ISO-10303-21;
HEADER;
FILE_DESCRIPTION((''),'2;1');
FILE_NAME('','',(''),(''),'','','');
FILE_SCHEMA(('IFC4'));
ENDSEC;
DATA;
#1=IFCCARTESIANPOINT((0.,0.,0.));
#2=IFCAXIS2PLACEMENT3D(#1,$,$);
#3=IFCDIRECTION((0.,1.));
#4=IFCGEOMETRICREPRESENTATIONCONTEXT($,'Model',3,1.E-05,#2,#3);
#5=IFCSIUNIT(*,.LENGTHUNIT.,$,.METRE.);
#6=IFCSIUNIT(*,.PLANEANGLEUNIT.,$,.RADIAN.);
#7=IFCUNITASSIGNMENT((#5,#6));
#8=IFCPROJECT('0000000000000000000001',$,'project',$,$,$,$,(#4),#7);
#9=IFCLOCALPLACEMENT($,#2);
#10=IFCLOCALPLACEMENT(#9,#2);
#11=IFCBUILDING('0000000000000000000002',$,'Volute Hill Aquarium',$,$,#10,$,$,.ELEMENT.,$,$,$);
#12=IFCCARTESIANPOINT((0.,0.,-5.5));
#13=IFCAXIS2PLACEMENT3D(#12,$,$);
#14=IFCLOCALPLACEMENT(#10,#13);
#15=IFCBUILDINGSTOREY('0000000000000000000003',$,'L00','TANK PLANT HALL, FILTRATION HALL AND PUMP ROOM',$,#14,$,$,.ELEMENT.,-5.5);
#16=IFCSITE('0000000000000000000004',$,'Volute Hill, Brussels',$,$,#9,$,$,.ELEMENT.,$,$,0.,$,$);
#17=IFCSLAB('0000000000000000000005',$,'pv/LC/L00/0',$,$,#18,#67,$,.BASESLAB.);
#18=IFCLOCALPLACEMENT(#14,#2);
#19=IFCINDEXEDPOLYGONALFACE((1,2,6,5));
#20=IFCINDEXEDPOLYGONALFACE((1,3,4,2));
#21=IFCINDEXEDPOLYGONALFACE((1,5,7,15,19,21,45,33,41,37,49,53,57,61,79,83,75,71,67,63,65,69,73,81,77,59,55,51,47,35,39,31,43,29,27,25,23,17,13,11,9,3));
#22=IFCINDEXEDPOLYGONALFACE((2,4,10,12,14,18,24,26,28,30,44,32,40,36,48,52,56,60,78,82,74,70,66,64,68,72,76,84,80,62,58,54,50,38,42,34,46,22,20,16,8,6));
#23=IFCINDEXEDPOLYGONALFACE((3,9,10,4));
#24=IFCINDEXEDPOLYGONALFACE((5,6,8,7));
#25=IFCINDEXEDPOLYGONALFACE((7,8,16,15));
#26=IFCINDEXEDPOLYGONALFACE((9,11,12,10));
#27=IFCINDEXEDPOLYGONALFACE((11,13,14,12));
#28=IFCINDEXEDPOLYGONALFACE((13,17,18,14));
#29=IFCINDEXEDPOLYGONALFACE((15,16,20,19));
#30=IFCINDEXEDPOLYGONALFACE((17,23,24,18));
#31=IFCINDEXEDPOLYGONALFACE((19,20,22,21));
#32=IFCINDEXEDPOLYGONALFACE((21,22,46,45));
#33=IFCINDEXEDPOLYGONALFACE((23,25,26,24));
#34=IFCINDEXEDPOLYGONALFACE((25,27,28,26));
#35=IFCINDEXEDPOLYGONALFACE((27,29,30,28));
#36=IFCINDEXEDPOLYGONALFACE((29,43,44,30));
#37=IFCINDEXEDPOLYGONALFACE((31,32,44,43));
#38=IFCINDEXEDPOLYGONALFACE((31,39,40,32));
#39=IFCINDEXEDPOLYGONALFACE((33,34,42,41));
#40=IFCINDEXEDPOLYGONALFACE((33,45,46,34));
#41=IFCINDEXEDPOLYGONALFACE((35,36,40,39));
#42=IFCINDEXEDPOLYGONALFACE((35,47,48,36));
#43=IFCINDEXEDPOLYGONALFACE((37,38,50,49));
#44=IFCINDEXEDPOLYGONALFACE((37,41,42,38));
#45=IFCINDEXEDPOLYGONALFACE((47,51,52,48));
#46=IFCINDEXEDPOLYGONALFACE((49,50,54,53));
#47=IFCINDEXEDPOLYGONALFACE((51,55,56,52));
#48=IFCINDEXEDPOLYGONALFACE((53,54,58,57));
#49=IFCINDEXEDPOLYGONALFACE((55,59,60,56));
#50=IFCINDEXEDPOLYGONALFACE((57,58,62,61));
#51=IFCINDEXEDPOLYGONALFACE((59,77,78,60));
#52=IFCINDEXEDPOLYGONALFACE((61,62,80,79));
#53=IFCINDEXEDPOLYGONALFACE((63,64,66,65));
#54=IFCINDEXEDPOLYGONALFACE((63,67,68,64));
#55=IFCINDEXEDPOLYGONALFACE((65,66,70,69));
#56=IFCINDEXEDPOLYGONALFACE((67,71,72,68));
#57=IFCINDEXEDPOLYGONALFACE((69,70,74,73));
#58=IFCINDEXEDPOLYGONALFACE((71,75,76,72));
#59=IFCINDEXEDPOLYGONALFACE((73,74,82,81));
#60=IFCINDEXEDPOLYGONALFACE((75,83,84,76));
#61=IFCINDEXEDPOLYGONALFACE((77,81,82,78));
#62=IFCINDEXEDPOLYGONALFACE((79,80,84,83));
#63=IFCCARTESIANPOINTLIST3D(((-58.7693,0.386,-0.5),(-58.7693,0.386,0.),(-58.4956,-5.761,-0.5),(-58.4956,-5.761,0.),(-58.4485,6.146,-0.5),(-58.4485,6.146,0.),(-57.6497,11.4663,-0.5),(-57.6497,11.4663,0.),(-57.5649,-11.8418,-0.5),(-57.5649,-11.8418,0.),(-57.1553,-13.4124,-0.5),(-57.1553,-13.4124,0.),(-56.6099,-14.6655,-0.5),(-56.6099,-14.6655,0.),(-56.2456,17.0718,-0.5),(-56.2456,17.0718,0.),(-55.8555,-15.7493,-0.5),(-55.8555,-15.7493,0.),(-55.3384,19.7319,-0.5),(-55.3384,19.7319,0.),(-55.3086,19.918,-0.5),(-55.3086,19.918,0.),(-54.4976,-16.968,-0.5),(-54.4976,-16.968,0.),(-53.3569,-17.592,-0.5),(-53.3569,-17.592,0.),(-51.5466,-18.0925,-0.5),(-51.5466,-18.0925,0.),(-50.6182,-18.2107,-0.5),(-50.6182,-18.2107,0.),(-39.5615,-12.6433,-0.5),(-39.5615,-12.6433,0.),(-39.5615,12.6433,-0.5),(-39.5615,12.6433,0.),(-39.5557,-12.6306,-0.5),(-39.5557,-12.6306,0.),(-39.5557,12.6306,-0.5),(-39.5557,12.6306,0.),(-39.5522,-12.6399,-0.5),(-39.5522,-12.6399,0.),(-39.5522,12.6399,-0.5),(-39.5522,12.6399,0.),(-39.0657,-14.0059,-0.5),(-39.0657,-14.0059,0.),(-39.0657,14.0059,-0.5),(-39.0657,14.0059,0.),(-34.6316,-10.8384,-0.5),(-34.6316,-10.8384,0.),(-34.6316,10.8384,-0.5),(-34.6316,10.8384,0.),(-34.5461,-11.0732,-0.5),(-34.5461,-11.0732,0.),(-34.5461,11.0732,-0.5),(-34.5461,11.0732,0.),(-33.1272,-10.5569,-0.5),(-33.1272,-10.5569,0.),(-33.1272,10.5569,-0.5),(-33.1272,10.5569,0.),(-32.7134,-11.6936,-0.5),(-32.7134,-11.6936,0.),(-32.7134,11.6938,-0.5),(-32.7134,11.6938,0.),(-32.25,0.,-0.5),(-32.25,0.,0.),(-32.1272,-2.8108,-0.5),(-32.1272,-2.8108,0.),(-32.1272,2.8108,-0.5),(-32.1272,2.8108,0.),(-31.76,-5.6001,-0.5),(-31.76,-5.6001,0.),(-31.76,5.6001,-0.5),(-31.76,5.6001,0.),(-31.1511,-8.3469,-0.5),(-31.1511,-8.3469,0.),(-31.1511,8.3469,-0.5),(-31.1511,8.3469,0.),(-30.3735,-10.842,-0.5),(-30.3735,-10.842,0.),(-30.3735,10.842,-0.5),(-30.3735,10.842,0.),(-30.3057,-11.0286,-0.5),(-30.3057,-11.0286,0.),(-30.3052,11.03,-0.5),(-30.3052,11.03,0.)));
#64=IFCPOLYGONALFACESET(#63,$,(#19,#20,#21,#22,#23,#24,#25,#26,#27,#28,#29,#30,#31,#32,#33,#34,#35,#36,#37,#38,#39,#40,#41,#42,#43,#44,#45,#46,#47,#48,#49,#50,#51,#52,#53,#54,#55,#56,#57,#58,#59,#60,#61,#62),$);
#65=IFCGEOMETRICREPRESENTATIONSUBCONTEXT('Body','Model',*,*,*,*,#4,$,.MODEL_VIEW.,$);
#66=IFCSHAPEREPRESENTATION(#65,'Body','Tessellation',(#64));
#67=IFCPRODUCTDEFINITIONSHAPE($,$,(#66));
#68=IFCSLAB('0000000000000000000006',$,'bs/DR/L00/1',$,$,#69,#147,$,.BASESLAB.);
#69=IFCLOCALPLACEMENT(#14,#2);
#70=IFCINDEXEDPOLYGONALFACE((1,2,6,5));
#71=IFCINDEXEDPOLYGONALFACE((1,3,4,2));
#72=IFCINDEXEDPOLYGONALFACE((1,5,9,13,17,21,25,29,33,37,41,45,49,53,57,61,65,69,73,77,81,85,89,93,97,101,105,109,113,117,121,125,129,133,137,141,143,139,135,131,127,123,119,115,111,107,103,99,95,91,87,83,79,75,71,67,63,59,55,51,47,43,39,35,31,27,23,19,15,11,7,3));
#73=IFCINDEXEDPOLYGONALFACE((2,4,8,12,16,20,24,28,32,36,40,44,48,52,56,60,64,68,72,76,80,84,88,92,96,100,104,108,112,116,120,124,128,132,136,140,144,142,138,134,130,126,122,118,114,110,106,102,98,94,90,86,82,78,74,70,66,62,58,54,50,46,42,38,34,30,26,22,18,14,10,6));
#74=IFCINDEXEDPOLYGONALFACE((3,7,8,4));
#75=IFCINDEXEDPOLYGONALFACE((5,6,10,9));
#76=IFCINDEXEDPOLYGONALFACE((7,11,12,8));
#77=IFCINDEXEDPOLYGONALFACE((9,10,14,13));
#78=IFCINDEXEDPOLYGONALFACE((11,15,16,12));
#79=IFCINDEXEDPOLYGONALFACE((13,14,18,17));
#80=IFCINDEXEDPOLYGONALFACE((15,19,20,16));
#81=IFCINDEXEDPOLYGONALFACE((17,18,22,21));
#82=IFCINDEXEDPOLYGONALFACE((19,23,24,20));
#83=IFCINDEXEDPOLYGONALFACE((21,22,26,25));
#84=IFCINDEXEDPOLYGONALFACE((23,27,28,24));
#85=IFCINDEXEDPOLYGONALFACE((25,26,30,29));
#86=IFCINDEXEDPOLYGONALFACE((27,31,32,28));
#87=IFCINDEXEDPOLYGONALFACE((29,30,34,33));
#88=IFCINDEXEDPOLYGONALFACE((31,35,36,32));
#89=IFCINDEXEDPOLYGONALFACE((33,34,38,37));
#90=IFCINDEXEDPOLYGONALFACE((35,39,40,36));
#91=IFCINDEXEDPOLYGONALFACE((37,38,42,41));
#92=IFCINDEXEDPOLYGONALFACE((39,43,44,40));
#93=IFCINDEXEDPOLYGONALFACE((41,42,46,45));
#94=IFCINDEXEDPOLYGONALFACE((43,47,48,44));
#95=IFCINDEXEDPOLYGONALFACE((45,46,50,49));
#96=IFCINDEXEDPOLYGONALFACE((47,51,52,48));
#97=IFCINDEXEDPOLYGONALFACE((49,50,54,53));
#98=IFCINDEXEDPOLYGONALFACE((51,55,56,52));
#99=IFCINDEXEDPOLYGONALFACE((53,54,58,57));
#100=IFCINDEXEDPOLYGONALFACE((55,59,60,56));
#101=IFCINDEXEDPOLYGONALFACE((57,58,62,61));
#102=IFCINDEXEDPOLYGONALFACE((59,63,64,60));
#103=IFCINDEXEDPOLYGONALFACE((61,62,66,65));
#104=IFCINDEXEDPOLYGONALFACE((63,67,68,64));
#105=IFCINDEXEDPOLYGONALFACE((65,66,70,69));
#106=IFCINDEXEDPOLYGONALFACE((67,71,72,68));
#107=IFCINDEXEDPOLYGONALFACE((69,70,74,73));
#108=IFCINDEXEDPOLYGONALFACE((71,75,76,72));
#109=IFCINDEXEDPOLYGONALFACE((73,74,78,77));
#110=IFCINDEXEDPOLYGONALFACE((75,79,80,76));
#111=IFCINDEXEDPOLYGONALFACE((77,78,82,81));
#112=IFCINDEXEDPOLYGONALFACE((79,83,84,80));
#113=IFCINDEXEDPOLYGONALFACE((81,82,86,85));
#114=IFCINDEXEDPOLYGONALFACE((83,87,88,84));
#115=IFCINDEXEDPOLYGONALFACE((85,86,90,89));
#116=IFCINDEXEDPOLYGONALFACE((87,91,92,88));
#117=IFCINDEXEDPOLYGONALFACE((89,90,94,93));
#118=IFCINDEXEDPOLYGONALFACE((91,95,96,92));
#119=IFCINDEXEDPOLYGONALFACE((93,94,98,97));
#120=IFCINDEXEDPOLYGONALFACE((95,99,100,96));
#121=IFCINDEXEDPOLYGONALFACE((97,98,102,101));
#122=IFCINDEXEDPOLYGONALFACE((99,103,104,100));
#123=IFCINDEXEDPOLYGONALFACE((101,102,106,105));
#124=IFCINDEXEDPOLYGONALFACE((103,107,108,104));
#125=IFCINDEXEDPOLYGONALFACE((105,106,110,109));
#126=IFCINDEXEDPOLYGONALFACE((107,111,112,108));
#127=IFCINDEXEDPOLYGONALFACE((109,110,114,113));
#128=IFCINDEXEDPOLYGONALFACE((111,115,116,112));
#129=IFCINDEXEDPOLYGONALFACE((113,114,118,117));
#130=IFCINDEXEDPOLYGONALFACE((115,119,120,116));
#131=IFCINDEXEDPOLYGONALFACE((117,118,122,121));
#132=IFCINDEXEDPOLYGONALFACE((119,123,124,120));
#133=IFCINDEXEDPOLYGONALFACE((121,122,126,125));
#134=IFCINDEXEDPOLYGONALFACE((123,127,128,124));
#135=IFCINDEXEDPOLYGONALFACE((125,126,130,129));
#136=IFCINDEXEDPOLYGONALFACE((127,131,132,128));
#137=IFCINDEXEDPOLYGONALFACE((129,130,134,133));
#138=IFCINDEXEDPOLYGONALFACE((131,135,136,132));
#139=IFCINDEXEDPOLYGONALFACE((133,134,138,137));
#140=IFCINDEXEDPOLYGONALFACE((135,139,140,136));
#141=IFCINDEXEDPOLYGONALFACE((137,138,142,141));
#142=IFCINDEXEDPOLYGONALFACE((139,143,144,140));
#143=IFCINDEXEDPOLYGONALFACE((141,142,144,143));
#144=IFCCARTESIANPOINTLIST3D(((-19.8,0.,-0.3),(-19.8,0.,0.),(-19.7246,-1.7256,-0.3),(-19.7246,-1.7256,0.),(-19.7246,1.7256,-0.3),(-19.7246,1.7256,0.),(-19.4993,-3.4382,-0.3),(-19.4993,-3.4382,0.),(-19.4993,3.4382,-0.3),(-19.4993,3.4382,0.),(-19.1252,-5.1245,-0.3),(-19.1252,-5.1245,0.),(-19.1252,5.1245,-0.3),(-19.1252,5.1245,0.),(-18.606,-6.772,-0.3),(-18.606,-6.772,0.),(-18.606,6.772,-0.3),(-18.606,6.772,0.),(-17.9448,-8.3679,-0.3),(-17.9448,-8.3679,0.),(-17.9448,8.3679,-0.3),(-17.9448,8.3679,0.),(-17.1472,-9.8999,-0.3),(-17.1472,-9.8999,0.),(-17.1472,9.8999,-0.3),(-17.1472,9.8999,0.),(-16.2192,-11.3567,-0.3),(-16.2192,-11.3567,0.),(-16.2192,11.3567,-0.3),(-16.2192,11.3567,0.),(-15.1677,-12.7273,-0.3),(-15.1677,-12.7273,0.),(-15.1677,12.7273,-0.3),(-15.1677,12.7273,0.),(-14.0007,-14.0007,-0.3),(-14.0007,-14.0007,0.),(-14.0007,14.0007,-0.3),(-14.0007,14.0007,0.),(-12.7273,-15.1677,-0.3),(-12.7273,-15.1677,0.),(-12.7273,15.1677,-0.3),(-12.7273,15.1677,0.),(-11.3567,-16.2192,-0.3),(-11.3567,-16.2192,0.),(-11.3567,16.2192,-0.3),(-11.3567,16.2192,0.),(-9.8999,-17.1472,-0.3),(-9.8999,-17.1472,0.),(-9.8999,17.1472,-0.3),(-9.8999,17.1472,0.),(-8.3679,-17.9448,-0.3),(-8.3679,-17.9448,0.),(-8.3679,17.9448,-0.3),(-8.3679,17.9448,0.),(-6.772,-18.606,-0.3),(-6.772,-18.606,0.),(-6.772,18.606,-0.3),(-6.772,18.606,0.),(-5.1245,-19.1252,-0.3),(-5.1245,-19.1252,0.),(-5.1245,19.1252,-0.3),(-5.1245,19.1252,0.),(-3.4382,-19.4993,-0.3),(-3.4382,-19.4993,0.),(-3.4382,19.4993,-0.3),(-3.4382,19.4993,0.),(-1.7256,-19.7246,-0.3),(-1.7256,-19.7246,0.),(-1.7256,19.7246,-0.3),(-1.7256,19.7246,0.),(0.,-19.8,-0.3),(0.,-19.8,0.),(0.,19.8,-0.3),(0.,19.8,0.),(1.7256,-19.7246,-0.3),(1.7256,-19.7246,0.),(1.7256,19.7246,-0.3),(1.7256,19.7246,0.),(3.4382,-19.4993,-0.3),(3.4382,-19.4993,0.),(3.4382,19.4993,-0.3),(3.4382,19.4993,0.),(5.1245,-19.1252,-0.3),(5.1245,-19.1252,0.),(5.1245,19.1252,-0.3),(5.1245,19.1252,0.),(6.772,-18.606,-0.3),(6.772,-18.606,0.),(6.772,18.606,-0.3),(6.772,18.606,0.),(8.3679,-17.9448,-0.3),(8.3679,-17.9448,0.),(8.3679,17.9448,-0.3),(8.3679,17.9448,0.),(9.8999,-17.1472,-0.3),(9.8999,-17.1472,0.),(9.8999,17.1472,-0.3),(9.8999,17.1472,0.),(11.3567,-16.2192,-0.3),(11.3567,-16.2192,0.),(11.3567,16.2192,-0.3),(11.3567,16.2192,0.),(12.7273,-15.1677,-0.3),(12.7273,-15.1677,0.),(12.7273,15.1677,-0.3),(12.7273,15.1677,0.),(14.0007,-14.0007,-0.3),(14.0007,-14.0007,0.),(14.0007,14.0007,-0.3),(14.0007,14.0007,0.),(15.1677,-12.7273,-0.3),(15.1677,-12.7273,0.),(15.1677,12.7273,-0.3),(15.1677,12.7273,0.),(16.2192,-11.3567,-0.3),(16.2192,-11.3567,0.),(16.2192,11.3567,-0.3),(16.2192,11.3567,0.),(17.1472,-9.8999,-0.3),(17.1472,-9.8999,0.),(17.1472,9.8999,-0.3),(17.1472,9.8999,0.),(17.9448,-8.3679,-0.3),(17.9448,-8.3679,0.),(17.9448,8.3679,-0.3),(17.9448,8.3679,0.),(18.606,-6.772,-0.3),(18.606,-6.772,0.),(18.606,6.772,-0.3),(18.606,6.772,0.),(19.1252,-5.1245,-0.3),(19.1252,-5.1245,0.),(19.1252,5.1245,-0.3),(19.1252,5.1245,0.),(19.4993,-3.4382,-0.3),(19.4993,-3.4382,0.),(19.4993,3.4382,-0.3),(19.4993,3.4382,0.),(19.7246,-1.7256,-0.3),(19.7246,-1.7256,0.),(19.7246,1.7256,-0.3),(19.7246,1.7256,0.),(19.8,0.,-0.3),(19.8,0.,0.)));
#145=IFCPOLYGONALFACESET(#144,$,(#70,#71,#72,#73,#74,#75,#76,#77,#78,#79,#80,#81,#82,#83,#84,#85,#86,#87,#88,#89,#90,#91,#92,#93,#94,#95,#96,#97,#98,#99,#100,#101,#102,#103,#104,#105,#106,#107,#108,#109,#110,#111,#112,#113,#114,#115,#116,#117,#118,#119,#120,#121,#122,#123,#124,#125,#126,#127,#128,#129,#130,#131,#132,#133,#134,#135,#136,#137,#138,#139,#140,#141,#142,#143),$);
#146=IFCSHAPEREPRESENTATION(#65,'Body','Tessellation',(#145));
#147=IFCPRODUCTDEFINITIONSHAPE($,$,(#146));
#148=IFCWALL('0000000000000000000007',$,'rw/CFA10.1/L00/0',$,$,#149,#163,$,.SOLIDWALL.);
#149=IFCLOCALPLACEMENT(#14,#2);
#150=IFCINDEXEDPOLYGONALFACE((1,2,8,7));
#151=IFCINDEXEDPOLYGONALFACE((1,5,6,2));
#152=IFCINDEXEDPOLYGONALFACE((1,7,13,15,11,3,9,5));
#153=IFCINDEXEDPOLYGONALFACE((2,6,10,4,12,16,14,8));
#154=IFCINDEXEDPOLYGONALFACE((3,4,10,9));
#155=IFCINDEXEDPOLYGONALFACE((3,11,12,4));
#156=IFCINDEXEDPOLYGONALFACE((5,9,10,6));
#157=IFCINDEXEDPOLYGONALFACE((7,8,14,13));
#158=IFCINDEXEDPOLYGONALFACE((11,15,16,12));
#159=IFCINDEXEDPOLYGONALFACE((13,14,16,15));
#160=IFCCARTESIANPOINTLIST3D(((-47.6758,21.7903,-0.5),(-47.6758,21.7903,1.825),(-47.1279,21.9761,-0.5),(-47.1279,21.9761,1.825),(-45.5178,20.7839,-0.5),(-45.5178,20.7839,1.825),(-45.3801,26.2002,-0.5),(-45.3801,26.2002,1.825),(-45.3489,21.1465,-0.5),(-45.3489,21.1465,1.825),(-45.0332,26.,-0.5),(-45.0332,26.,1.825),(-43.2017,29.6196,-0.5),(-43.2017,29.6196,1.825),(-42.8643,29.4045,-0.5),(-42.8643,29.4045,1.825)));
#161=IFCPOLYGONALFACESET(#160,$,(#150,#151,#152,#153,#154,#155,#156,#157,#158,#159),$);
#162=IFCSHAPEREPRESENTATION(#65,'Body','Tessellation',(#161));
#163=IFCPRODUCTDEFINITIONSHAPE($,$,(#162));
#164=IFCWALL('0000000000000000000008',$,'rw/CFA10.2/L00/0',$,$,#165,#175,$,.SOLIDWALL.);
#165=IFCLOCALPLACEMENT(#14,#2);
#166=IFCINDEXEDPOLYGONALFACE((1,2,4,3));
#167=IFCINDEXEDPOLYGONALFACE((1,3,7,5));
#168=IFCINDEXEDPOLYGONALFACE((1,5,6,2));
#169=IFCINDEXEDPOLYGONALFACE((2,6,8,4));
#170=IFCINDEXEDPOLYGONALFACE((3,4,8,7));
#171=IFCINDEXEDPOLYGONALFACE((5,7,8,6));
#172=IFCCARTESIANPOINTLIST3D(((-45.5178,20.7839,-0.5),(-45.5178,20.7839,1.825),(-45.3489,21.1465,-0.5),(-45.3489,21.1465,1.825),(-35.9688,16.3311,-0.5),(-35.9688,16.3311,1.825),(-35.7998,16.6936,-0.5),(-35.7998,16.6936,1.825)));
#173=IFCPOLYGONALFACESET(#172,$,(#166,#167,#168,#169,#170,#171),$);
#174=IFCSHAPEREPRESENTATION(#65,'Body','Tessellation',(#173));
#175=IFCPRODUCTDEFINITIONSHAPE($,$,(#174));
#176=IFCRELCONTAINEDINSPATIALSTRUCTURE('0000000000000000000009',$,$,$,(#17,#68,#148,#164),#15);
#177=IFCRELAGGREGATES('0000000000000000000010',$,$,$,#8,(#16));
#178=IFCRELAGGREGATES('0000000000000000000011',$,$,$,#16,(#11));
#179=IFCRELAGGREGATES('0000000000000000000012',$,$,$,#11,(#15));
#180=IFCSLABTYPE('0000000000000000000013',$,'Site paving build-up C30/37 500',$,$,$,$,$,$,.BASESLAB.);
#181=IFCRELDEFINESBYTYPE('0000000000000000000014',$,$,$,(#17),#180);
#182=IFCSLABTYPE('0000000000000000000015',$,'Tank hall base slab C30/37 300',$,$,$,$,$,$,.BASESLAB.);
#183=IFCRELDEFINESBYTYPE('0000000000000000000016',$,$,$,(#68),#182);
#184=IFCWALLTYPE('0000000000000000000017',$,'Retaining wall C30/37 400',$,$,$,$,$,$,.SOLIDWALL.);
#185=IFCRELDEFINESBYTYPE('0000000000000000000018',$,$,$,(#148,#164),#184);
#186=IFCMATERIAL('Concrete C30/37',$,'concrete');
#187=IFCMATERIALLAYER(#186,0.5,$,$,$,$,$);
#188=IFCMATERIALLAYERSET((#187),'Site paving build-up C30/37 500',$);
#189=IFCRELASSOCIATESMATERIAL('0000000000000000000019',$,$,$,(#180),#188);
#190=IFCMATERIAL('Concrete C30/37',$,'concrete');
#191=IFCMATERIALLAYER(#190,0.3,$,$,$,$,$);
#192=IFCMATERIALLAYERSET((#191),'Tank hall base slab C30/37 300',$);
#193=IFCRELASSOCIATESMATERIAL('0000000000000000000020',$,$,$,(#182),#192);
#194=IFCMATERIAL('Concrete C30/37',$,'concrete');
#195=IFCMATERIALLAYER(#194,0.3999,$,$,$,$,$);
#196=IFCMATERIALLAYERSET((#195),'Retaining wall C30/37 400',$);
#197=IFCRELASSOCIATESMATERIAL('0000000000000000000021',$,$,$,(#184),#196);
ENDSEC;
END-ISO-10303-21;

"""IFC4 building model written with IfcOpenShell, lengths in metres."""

from ifc_helpers import new_model, si_unit, direction, frame, origin, place, context, subcontext, project, spatial, polyline, outline, extrude, material, layer, layer_set, type_object, element, save


model = new_model("IFC4")

# Units and contexts
model_context = context("Model", 3, precision=1e-05, world=origin(), true_north=direction((0.0, 1.0)))
body_context = subcontext(model_context, "Body", "Model", "MODEL_VIEW")
ifc_project = project(units=[si_unit("LENGTHUNIT", "METRE"), si_unit("PLANEANGLEUNIT", "RADIAN")], contexts=[model_context])

# Site, building, storey
site_placement = place(None, origin())
site = spatial("IfcSite", under=ifc_project, at=site_placement, Name="Volute Hill, Brussels", CompositionType="ELEMENT", RefElevation=0.0)
building_placement = place(site_placement, origin())
building = spatial("IfcBuilding", under=site, at=building_placement, Name="Volute Hill Aquarium", CompositionType="ELEMENT")
storey_placement = place(building_placement, frame((0.0, 0.0, -5.5)))
storey = spatial("IfcBuildingStorey", under=building, at=storey_placement, Name="L00", Description="TANK PLANT HALL, FILTRATION HALL AND PUMP ROOM", CompositionType="ELEMENT", Elevation=-5.5)

# Slabs
ifc_material_1 = material(Name="Concrete C30/37", Category="concrete")
ifc_layer_1 = layer(ifc_material_1, 0.5)
ifc_layer_set_1 = layer_set([ifc_layer_1], Name="Site paving build-up C30/37 500")
slab_type_1 = type_object("IfcSlabType", Name="Site paving build-up C30/37 500", PredefinedType="BASESLAB", material=ifc_layer_set_1)
slab_1_placement = place(storey_placement, frame((0.0, 0.0, -0.5)))
element("IfcSlab", 1, at=slab_1_placement, inside=storey, type_object=slab_type_1, Name="pv/LC/L00/0", PredefinedType="BASESLAB", context=body_context, shape_type="SweptSolid", body=[
    extrude(outline(polyline([(-53.3569, -17.592), (-51.5466, -18.0925), (-50.6182, -18.2107), (-39.0657, -14.0059), (-39.5615, -12.6433), (-39.5522, -12.6399), (-39.5557, -12.6306), (-34.6316, -10.8384), (-34.5461, -11.0732), (-33.1272, -10.5569), (-32.7134, -11.6936), (-30.3735, -10.842), (-30.3057, -11.0286), (-31.1511, -8.3469), (-31.76, -5.6001), (-32.1272, -2.8108), (-32.25, 0.0), (-32.1272, 2.8108), (-31.76, 5.6001), (-31.1511, 8.3469), (-30.3052, 11.03), (-30.3735, 10.842), (-32.7134, 11.6938), (-33.1272, 10.5569), (-34.5461, 11.0732), (-34.6316, 10.8384), (-39.5557, 12.6306), (-39.5522, 12.6399), (-39.5615, 12.6433), (-39.0657, 14.0059), (-55.3086, 19.918), (-55.3384, 19.7319), (-56.2456, 17.0718), (-57.6497, 11.4663), (-58.4485, 6.146), (-58.7693, 0.386), (-58.4956, -5.761), (-57.5649, -11.8418), (-57.1553, -13.4124), (-56.6099, -14.6655), (-55.8555, -15.7493), (-54.4976, -16.968), (-53.3569, -17.592)])), origin(), (0.0, 0.0, 1.0), 0.5),
])
ifc_material_2 = material(Name="Concrete C30/37", Category="concrete")
ifc_layer_2 = layer(ifc_material_2, 0.3)
ifc_layer_set_2 = layer_set([ifc_layer_2], Name="Tank hall base slab C30/37 300")
slab_type_2 = type_object("IfcSlabType", Name="Tank hall base slab C30/37 300", PredefinedType="BASESLAB", material=ifc_layer_set_2)
slab_2_placement = place(storey_placement, frame((0.0, 0.0, -0.3)))
element("IfcSlab", 2, at=slab_2_placement, inside=storey, type_object=slab_type_2, Name="bs/DR/L00/1", PredefinedType="BASESLAB", context=body_context, shape_type="SweptSolid", body=[
    extrude(outline(polyline([(19.8, 0.0), (19.7246, 1.7256), (19.4993, 3.4382), (19.1252, 5.1245), (18.606, 6.772), (17.9448, 8.3679), (17.1472, 9.8999), (16.2192, 11.3567), (15.1677, 12.7273), (14.0007, 14.0007), (12.7273, 15.1677), (11.3567, 16.2192), (9.8999, 17.1472), (8.3679, 17.9448), (6.772, 18.606), (5.1245, 19.1252), (3.4382, 19.4993), (1.7256, 19.7246), (0.0, 19.8), (-1.7256, 19.7246), (-3.4382, 19.4993), (-5.1245, 19.1252), (-6.772, 18.606), (-8.3679, 17.9448), (-9.8999, 17.1472), (-11.3567, 16.2192), (-12.7273, 15.1677), (-14.0007, 14.0007), (-15.1677, 12.7273), (-16.2192, 11.3567), (-17.1472, 9.8999), (-17.9448, 8.3679), (-18.606, 6.772), (-19.1252, 5.1245), (-19.4993, 3.4382), (-19.7246, 1.7256), (-19.8, 0.0), (-19.7246, -1.7256), (-19.4993, -3.4382), (-19.1252, -5.1245), (-18.606, -6.772), (-17.9448, -8.3679), (-17.1472, -9.8999), (-16.2192, -11.3567), (-15.1677, -12.7273), (-14.0007, -14.0007), (-12.7273, -15.1677), (-11.3567, -16.2192), (-9.8999, -17.1472), (-8.3679, -17.9448), (-6.772, -18.606), (-5.1245, -19.1252), (-3.4382, -19.4993), (-1.7256, -19.7246), (0.0, -19.8), (1.7256, -19.7246), (3.4382, -19.4993), (5.1245, -19.1252), (6.772, -18.606), (8.3679, -17.9448), (9.8999, -17.1472), (11.3567, -16.2192), (12.7273, -15.1677), (14.0007, -14.0007), (15.1677, -12.7273), (16.2192, -11.3567), (17.1472, -9.8999), (17.9448, -8.3679), (18.606, -6.772), (19.1252, -5.1245), (19.4993, -3.4382), (19.7246, -1.7256), (19.8, 0.0)])), origin(), (0.0, 0.0, 1.0), 0.3),
])

# Walls
ifc_material_3 = material(Name="Concrete C30/37", Category="concrete")
ifc_layer_3 = layer(ifc_material_3, 0.3999)
ifc_layer_set_3 = layer_set([ifc_layer_3], Name="Retaining wall C30/37 400")
wall_type_1 = type_object("IfcWallType", Name="Retaining wall C30/37 400", PredefinedType="SOLIDWALL", material=ifc_layer_set_3)
wall_1_placement = place(storey_placement, frame((0.0, 0.0, -0.5)))
element("IfcWall", 3, at=wall_1_placement, inside=storey, type_object=wall_type_1, Name="rw/CFA10.1/L00/0", PredefinedType="SOLIDWALL", context=body_context, shape_type="SweptSolid", body=[
    extrude(outline(polyline([(-45.0332, 26.0), (-42.8643, 29.4045), (-43.2017, 29.6196), (-45.3801, 26.2002), (-47.6758, 21.7903), (-45.5178, 20.7839), (-45.3489, 21.1465), (-47.1279, 21.9761), (-45.0332, 26.0)])), origin(), (0.0, 0.0, 1.0), 2.325),
])
wall_2_placement = place(storey_placement, frame((0.0, 0.0, -0.5)))
element("IfcWall", 4, at=wall_2_placement, inside=storey, type_object=wall_type_1, Name="rw/CFA10.2/L00/0", PredefinedType="SOLIDWALL", context=body_context, shape_type="SweptSolid", body=[
    extrude(outline(polyline([(-35.7998, 16.6936), (-45.3489, 21.1465), (-45.5178, 20.7839), (-35.9688, 16.3311), (-35.7998, 16.6936)])), origin(), (0.0, 0.0, 1.0), 2.325),
])

save(model, "model.ifc")
